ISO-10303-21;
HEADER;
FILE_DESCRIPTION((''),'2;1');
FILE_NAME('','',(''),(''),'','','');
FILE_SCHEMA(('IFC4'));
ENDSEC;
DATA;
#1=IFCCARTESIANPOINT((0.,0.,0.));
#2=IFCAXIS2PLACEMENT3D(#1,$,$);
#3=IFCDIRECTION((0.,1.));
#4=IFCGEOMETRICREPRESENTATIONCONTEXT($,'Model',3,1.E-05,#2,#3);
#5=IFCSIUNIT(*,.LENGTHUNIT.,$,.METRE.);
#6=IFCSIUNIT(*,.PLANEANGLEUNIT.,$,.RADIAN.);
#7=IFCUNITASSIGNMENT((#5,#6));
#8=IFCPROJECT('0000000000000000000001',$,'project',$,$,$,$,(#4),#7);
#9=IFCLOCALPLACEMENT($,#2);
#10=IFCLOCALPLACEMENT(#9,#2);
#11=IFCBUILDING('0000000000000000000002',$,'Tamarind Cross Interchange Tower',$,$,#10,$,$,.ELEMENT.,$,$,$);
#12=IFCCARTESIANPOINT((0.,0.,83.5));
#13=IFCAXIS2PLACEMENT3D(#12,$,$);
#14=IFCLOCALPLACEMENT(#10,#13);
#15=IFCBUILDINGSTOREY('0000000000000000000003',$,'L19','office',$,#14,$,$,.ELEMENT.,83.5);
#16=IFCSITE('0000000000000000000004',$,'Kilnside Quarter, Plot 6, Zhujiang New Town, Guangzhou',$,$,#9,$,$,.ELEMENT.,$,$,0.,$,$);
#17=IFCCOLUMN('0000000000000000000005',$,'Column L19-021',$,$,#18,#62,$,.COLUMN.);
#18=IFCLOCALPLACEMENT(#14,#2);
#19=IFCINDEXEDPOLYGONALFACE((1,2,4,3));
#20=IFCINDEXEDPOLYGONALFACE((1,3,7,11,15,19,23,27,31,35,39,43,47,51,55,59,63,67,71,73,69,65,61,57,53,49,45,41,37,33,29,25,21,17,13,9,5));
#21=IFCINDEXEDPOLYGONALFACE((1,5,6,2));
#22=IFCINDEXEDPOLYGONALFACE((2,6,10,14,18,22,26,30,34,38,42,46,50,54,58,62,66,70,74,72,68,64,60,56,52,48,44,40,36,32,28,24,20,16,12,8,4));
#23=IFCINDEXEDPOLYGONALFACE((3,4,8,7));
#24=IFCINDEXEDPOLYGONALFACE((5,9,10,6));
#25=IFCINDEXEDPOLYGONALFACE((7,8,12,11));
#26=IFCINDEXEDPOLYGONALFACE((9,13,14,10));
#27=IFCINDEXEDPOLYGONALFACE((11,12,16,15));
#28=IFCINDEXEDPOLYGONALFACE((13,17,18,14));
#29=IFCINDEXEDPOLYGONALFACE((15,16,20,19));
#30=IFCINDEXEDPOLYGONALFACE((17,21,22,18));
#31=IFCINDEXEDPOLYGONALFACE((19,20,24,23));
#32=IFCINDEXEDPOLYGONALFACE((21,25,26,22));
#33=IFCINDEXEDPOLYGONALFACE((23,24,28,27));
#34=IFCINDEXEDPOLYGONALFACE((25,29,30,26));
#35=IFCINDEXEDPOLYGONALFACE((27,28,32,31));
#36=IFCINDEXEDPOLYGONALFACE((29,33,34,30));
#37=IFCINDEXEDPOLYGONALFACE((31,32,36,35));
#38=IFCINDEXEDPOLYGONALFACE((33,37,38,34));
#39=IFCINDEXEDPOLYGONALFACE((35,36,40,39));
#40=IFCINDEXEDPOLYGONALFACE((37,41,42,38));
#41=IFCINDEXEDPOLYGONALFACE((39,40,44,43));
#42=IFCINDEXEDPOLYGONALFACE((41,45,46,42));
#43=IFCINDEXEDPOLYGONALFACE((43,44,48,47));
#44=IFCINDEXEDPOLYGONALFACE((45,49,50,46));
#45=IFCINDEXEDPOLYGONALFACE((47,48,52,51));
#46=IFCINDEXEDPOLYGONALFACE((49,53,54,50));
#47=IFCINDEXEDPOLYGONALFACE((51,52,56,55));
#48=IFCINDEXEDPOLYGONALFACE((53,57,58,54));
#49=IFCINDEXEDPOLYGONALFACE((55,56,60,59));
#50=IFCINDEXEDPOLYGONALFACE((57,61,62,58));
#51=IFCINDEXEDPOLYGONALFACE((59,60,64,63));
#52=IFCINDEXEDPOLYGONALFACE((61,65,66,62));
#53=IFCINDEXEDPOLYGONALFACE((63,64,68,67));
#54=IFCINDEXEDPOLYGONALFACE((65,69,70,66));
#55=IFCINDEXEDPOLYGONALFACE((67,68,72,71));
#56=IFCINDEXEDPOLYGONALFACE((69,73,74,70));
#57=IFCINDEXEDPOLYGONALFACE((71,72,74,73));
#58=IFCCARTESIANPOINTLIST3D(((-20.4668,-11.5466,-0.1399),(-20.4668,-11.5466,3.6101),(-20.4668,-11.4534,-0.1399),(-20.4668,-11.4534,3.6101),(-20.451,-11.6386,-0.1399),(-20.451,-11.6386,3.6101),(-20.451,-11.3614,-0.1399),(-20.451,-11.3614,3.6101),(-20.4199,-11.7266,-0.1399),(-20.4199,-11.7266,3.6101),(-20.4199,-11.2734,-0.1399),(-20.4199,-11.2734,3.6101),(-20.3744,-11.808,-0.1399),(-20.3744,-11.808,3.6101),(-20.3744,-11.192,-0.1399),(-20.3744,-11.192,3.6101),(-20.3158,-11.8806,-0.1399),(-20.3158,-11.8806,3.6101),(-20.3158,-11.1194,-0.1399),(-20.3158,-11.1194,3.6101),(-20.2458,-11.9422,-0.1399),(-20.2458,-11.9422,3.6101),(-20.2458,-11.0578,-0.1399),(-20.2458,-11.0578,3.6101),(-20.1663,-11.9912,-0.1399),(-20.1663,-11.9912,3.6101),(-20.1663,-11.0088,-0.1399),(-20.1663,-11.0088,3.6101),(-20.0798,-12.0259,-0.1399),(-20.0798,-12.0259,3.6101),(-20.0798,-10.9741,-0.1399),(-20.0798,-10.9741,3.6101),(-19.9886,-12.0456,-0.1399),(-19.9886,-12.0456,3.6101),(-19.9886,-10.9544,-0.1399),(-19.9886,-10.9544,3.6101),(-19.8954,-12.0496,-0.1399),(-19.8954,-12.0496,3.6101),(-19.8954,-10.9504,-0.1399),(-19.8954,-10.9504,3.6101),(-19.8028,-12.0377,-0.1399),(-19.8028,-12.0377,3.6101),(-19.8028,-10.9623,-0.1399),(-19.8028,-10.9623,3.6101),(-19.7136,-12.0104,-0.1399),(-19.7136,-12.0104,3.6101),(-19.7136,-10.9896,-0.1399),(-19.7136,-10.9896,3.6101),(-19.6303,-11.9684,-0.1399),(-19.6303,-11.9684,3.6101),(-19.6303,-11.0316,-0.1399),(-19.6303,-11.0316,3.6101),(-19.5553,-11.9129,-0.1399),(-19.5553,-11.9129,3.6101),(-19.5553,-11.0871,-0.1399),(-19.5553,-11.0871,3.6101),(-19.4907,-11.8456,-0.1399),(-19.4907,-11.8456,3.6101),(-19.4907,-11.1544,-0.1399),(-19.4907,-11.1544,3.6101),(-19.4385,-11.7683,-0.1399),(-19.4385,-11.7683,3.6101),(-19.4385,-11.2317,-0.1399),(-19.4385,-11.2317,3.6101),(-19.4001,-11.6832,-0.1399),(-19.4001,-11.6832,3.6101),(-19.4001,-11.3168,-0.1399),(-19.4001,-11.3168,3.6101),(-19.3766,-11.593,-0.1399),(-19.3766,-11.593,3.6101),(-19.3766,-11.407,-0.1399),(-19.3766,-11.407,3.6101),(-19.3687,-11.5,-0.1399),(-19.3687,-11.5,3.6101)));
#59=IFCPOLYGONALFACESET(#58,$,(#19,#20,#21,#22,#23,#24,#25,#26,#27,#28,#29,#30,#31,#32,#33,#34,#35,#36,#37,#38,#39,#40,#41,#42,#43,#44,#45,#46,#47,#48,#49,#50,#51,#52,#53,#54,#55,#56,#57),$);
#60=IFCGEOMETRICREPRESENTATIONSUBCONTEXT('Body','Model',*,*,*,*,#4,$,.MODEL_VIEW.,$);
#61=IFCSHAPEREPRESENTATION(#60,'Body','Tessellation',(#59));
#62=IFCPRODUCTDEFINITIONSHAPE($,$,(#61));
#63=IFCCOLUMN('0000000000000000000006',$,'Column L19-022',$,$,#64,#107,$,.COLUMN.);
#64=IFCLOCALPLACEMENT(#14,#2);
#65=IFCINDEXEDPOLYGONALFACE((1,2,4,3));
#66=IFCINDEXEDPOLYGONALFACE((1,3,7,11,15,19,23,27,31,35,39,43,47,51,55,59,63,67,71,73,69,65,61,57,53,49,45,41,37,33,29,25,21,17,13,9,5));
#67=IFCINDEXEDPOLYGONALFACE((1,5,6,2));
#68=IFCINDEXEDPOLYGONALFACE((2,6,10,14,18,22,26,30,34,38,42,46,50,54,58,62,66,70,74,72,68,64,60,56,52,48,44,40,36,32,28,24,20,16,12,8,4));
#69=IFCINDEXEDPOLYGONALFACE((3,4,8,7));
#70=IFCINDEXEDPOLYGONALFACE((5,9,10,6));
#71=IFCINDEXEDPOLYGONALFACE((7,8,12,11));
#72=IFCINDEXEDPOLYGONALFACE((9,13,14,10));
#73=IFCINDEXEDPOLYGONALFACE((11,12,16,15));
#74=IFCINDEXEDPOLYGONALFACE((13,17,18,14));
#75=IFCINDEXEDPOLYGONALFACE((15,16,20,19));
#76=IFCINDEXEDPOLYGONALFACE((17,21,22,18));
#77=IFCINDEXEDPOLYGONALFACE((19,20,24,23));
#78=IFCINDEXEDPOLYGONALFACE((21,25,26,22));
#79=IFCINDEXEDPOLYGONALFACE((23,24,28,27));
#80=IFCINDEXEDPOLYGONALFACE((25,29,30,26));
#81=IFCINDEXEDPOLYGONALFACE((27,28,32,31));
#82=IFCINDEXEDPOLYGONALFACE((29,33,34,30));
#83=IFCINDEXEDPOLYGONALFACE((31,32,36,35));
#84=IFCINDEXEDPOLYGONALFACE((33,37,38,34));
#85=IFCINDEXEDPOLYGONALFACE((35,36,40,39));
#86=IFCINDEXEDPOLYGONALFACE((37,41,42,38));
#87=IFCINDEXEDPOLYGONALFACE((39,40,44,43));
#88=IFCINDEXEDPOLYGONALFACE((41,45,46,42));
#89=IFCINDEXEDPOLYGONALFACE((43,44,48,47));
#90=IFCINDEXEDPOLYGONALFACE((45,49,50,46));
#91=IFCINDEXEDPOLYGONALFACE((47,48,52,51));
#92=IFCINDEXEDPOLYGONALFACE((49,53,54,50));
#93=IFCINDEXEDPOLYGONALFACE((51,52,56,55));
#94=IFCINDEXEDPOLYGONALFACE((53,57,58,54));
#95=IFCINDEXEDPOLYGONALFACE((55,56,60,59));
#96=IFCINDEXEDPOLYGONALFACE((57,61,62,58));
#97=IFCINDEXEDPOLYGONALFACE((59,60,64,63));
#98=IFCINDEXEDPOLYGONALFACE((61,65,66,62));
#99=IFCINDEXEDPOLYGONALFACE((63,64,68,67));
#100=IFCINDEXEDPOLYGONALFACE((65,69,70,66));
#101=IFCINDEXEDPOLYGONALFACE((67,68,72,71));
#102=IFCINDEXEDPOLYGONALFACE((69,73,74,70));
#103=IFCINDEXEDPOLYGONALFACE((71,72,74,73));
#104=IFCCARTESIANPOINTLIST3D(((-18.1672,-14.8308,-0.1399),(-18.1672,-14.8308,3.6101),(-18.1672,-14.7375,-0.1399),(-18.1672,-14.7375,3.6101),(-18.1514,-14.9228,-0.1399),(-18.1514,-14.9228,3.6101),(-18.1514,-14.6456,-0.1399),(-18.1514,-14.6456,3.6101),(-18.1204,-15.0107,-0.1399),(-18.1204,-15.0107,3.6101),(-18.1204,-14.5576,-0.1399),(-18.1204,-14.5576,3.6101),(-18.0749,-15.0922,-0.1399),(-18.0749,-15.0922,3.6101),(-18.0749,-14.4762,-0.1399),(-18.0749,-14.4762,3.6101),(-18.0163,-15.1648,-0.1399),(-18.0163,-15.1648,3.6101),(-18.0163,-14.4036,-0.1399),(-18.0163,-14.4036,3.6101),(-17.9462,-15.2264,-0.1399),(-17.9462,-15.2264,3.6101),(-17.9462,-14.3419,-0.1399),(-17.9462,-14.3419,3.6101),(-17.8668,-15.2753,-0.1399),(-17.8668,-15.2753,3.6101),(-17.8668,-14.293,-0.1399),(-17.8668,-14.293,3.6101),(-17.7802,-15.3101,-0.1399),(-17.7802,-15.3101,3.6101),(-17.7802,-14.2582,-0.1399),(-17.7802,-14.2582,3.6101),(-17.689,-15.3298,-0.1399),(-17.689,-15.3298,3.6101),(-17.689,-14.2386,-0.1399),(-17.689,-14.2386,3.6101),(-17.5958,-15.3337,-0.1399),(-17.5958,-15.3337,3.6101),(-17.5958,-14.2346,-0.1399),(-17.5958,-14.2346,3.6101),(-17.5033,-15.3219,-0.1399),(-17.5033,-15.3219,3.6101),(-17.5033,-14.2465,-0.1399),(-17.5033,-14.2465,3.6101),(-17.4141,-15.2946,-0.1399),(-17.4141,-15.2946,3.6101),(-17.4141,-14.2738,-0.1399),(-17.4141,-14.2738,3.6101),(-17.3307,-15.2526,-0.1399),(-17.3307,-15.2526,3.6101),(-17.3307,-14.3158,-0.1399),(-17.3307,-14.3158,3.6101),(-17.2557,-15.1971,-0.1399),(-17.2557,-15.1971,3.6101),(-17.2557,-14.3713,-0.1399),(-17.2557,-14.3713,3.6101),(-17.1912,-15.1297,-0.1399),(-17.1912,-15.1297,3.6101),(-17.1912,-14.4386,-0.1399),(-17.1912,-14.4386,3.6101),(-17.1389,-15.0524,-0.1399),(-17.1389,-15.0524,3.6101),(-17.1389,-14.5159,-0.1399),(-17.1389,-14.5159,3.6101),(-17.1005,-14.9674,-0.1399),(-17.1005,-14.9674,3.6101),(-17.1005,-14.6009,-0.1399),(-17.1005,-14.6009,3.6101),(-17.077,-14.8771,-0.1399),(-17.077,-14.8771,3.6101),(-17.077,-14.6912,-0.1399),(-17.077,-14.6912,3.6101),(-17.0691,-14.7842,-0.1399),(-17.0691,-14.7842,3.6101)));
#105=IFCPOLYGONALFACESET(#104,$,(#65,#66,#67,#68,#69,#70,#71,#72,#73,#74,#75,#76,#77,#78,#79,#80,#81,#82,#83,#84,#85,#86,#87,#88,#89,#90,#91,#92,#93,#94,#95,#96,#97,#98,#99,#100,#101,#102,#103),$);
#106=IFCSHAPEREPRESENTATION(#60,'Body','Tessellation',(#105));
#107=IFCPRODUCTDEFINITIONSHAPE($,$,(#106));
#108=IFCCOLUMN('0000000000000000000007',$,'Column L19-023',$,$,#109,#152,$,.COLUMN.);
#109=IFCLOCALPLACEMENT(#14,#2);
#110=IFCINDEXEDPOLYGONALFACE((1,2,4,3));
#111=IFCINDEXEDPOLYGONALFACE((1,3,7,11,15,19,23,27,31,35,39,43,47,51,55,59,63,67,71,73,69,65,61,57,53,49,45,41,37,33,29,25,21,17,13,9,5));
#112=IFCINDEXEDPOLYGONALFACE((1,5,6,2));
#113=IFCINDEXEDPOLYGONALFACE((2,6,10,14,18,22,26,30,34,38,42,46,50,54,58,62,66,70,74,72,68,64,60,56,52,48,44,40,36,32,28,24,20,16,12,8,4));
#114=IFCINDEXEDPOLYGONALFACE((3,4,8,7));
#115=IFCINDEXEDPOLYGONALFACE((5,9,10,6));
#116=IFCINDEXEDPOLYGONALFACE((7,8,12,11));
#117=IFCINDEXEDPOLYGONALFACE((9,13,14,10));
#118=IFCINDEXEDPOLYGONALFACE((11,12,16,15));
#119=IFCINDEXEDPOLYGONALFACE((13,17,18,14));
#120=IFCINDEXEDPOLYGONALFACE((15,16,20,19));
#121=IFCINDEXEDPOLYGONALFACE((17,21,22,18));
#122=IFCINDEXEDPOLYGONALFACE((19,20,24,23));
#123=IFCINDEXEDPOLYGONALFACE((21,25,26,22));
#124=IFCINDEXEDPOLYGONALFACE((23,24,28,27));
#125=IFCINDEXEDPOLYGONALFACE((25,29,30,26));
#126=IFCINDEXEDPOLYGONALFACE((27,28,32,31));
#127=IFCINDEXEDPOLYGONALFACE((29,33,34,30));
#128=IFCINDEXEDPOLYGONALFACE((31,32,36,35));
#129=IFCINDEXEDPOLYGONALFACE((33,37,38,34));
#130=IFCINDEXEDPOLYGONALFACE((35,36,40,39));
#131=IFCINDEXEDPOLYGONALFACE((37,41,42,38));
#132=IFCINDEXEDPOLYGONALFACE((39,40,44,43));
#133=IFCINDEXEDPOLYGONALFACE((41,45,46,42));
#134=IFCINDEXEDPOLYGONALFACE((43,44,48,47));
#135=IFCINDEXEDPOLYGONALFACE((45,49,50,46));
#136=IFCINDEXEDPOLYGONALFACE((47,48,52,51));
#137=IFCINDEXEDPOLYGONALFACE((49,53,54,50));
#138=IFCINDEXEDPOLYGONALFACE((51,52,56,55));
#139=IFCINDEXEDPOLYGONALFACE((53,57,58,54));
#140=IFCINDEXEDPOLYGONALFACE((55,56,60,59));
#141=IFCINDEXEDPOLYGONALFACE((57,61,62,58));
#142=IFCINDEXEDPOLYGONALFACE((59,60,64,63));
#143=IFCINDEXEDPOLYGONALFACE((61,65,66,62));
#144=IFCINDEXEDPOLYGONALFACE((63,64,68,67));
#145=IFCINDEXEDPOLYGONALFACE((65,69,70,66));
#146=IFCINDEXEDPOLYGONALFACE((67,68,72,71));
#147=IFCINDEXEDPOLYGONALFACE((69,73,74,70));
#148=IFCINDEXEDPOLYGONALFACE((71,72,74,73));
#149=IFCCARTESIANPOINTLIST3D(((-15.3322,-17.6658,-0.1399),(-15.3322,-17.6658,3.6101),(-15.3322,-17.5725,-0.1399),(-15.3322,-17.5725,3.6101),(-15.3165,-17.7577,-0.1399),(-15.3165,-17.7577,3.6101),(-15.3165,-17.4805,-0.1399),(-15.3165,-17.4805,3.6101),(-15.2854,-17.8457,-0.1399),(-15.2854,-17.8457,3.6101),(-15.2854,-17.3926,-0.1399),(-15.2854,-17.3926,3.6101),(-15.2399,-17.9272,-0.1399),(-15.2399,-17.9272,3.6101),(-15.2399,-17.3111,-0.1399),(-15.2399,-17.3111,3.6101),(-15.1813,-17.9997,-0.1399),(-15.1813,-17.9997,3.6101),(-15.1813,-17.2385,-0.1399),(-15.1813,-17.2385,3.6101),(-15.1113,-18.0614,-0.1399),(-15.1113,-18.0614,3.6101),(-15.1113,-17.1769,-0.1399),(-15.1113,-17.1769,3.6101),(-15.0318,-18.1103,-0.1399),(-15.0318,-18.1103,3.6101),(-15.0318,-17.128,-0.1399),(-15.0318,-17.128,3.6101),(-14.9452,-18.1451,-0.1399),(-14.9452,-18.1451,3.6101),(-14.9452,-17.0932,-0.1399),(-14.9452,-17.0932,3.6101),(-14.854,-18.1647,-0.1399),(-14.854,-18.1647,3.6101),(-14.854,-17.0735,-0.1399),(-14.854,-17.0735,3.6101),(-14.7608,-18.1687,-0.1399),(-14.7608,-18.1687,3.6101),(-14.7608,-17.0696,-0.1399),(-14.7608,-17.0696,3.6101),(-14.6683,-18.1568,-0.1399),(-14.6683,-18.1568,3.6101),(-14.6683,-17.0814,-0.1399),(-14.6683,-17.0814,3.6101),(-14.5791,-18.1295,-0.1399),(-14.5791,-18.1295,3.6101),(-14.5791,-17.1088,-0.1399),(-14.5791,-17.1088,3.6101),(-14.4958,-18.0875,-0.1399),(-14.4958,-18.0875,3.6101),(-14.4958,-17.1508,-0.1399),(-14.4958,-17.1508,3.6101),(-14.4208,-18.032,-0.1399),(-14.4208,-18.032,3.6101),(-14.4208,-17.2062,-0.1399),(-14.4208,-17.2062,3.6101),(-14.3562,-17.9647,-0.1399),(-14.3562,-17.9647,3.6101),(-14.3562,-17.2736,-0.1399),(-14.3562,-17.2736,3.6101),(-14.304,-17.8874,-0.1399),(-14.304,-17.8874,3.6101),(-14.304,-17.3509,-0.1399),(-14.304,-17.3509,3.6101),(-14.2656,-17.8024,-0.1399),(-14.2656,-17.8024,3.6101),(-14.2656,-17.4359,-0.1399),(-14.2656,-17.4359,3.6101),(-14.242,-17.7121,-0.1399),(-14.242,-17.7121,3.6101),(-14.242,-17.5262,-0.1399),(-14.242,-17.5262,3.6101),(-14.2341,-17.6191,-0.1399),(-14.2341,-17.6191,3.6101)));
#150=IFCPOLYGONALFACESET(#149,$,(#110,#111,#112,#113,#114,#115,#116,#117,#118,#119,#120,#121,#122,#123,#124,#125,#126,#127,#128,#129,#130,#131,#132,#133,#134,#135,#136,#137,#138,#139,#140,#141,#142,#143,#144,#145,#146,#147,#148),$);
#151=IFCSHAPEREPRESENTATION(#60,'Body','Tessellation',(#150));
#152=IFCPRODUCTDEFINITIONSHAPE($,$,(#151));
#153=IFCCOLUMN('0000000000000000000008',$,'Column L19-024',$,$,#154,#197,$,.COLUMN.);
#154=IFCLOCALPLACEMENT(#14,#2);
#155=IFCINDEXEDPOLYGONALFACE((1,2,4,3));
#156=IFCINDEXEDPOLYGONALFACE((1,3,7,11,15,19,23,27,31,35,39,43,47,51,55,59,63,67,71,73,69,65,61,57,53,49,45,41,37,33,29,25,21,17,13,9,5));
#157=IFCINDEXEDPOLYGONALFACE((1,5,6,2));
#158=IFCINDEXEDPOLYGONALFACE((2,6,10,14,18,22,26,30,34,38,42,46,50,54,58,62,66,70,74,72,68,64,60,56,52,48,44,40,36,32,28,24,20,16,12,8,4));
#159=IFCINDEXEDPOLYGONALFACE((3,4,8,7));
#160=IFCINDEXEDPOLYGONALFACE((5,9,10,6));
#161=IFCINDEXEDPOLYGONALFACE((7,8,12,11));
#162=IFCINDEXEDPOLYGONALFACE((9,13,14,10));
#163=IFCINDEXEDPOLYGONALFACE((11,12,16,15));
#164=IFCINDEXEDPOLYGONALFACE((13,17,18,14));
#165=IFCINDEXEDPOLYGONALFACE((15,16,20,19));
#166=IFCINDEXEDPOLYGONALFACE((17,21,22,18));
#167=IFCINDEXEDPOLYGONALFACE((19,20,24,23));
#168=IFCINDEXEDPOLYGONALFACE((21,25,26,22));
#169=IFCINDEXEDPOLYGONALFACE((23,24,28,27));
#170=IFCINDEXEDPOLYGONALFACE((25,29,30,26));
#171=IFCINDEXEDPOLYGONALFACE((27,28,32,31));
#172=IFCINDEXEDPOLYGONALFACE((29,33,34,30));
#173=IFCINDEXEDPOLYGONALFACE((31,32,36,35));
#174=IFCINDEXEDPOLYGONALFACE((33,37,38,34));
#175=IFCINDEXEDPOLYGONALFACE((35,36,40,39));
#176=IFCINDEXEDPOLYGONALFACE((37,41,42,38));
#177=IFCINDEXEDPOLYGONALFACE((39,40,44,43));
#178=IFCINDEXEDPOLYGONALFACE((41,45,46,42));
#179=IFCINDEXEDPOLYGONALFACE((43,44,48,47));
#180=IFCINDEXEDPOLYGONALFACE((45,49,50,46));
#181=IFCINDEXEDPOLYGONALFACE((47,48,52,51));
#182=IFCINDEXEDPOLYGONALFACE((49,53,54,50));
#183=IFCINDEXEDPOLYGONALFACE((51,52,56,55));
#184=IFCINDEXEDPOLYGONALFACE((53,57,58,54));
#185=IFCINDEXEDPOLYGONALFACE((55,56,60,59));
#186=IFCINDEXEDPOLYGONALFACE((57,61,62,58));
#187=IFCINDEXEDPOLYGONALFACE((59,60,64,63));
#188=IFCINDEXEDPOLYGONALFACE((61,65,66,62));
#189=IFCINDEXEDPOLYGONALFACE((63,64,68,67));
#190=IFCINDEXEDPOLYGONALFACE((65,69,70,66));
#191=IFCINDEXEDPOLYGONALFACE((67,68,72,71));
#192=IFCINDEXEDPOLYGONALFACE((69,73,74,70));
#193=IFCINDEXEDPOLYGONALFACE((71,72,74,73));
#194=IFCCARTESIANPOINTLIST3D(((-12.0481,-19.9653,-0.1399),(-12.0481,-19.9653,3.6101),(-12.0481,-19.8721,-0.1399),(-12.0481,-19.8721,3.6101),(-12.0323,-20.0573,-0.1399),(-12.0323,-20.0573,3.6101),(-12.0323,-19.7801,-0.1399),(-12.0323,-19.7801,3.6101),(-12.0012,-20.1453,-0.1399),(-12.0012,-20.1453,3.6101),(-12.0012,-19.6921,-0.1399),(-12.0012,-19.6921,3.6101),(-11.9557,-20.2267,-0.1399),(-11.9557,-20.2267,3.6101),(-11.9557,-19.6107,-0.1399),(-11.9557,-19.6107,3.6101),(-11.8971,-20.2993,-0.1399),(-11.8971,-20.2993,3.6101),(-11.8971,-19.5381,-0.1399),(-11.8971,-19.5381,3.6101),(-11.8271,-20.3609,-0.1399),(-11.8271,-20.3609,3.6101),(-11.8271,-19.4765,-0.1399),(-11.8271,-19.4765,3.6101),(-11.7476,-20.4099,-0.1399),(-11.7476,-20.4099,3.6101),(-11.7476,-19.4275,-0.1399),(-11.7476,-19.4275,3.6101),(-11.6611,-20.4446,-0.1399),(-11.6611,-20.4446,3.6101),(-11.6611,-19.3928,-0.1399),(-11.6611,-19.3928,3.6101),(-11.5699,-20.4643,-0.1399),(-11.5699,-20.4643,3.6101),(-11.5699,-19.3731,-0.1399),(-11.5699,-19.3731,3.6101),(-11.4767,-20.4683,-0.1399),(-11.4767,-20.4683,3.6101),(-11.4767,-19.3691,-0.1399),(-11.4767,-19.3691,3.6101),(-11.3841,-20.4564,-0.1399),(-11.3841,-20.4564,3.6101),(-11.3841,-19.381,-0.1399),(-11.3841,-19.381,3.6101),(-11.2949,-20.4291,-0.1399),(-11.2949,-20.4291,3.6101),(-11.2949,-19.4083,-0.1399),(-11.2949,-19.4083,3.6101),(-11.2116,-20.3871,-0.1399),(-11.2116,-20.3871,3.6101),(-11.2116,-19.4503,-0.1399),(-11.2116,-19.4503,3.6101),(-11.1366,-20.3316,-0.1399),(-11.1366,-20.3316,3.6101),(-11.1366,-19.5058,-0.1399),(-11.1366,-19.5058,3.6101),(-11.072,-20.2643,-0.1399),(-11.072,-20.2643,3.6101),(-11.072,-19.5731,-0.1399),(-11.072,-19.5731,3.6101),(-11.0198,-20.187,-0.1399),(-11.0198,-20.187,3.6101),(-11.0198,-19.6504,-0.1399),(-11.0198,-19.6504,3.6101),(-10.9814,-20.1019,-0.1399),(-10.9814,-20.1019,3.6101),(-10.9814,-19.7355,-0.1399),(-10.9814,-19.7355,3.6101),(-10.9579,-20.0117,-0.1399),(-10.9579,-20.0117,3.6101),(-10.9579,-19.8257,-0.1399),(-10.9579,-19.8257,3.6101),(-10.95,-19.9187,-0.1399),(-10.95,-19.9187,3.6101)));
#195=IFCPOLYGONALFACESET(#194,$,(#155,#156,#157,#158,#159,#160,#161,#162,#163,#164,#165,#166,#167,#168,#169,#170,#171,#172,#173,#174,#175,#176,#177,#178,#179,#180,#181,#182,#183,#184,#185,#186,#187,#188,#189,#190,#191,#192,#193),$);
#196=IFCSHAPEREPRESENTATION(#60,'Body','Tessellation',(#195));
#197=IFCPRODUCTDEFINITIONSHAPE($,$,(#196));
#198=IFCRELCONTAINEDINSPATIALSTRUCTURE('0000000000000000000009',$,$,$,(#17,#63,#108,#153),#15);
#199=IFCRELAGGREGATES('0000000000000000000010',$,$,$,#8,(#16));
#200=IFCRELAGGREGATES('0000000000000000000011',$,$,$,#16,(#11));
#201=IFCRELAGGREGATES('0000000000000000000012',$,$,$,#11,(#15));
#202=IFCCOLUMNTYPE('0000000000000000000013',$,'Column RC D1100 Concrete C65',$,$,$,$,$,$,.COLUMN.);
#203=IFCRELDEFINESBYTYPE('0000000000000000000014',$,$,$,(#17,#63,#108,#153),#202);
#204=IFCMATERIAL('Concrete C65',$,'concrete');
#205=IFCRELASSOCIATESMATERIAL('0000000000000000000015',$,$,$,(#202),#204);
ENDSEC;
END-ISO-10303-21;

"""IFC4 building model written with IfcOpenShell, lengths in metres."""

from ifc_helpers import new_model, si_unit, direction, frame, origin, origin_2d, place, context, subcontext, project, spatial, circle, extrude, material, material_profile, profile_set, type_object, element, save


model = new_model("IFC4")

# Units and contexts
model_context = context("Model", 3, precision=1e-05, world=origin(), true_north=direction((0.0, 1.0)))
body_context = subcontext(model_context, "Body", "Model", "MODEL_VIEW")
ifc_project = project(units=[si_unit("LENGTHUNIT", "METRE"), si_unit("PLANEANGLEUNIT", "RADIAN")], contexts=[model_context])

# Site, building, storey
site_placement = place(None, origin())
site = spatial("IfcSite", under=ifc_project, at=site_placement, Name="Kilnside Quarter, Plot 6, Zhujiang New Town, Guangzhou", CompositionType="ELEMENT", RefElevation=0.0)
building_placement = place(site_placement, origin())
building = spatial("IfcBuilding", under=site, at=building_placement, Name="Tamarind Cross Interchange Tower", CompositionType="ELEMENT")
storey_placement = place(building_placement, frame((0.0, 0.0, 83.5)))
storey = spatial("IfcBuildingStorey", under=building, at=storey_placement, Name="L19", Description="office", CompositionType="ELEMENT", Elevation=83.5)

# Columns
ifc_material_1 = material(Name="Concrete C65", Category="concrete")
ifc_material_profile_1 = material_profile(ifc_material_1, circle(Radius=0.55, at=origin_2d()), Name="RC D1100")
ifc_profile_set_1 = profile_set([ifc_material_profile_1], Name="Concrete C65")
column_type = type_object("IfcColumnType", Name="Column RC D1100 Concrete C65", PredefinedType="COLUMN", material=ifc_profile_set_1)
for number, where, z_axis, x_axis, name in (
    (1, (-19.9187, -11.5, -0.1399), (0.0, 0.0, 1.0), (1.0, 0.0, 0.0), "Column L19-021"),
    (2, (-17.6191, -14.7842, -0.1399), (0.0, 0.0, 1.0), (1.0, 0.0, 0.0), "Column L19-022"),
    (3, (-14.7842, -17.6191, -0.1399), (0.0, 0.0, 1.0), (1.0, 0.0, 0.0), "Column L19-023"),
    (4, (-11.5, -19.9187, -0.1399), (0.0, 0.0, 1.0), (1.0, 0.0, 0.0), "Column L19-024"),
):
    element("IfcColumn", number, at=place(storey_placement, frame(where, z_axis=z_axis, x_axis=x_axis)), inside=storey, type_object=column_type, Name=name, PredefinedType="COLUMN", context=body_context, shape_type="SweptSolid", body=[
        extrude(circle(Radius=0.55, at=origin_2d()), origin(), (0.0, 0.0, 1.0), 3.75),
    ])

save(model, "model.ifc")
